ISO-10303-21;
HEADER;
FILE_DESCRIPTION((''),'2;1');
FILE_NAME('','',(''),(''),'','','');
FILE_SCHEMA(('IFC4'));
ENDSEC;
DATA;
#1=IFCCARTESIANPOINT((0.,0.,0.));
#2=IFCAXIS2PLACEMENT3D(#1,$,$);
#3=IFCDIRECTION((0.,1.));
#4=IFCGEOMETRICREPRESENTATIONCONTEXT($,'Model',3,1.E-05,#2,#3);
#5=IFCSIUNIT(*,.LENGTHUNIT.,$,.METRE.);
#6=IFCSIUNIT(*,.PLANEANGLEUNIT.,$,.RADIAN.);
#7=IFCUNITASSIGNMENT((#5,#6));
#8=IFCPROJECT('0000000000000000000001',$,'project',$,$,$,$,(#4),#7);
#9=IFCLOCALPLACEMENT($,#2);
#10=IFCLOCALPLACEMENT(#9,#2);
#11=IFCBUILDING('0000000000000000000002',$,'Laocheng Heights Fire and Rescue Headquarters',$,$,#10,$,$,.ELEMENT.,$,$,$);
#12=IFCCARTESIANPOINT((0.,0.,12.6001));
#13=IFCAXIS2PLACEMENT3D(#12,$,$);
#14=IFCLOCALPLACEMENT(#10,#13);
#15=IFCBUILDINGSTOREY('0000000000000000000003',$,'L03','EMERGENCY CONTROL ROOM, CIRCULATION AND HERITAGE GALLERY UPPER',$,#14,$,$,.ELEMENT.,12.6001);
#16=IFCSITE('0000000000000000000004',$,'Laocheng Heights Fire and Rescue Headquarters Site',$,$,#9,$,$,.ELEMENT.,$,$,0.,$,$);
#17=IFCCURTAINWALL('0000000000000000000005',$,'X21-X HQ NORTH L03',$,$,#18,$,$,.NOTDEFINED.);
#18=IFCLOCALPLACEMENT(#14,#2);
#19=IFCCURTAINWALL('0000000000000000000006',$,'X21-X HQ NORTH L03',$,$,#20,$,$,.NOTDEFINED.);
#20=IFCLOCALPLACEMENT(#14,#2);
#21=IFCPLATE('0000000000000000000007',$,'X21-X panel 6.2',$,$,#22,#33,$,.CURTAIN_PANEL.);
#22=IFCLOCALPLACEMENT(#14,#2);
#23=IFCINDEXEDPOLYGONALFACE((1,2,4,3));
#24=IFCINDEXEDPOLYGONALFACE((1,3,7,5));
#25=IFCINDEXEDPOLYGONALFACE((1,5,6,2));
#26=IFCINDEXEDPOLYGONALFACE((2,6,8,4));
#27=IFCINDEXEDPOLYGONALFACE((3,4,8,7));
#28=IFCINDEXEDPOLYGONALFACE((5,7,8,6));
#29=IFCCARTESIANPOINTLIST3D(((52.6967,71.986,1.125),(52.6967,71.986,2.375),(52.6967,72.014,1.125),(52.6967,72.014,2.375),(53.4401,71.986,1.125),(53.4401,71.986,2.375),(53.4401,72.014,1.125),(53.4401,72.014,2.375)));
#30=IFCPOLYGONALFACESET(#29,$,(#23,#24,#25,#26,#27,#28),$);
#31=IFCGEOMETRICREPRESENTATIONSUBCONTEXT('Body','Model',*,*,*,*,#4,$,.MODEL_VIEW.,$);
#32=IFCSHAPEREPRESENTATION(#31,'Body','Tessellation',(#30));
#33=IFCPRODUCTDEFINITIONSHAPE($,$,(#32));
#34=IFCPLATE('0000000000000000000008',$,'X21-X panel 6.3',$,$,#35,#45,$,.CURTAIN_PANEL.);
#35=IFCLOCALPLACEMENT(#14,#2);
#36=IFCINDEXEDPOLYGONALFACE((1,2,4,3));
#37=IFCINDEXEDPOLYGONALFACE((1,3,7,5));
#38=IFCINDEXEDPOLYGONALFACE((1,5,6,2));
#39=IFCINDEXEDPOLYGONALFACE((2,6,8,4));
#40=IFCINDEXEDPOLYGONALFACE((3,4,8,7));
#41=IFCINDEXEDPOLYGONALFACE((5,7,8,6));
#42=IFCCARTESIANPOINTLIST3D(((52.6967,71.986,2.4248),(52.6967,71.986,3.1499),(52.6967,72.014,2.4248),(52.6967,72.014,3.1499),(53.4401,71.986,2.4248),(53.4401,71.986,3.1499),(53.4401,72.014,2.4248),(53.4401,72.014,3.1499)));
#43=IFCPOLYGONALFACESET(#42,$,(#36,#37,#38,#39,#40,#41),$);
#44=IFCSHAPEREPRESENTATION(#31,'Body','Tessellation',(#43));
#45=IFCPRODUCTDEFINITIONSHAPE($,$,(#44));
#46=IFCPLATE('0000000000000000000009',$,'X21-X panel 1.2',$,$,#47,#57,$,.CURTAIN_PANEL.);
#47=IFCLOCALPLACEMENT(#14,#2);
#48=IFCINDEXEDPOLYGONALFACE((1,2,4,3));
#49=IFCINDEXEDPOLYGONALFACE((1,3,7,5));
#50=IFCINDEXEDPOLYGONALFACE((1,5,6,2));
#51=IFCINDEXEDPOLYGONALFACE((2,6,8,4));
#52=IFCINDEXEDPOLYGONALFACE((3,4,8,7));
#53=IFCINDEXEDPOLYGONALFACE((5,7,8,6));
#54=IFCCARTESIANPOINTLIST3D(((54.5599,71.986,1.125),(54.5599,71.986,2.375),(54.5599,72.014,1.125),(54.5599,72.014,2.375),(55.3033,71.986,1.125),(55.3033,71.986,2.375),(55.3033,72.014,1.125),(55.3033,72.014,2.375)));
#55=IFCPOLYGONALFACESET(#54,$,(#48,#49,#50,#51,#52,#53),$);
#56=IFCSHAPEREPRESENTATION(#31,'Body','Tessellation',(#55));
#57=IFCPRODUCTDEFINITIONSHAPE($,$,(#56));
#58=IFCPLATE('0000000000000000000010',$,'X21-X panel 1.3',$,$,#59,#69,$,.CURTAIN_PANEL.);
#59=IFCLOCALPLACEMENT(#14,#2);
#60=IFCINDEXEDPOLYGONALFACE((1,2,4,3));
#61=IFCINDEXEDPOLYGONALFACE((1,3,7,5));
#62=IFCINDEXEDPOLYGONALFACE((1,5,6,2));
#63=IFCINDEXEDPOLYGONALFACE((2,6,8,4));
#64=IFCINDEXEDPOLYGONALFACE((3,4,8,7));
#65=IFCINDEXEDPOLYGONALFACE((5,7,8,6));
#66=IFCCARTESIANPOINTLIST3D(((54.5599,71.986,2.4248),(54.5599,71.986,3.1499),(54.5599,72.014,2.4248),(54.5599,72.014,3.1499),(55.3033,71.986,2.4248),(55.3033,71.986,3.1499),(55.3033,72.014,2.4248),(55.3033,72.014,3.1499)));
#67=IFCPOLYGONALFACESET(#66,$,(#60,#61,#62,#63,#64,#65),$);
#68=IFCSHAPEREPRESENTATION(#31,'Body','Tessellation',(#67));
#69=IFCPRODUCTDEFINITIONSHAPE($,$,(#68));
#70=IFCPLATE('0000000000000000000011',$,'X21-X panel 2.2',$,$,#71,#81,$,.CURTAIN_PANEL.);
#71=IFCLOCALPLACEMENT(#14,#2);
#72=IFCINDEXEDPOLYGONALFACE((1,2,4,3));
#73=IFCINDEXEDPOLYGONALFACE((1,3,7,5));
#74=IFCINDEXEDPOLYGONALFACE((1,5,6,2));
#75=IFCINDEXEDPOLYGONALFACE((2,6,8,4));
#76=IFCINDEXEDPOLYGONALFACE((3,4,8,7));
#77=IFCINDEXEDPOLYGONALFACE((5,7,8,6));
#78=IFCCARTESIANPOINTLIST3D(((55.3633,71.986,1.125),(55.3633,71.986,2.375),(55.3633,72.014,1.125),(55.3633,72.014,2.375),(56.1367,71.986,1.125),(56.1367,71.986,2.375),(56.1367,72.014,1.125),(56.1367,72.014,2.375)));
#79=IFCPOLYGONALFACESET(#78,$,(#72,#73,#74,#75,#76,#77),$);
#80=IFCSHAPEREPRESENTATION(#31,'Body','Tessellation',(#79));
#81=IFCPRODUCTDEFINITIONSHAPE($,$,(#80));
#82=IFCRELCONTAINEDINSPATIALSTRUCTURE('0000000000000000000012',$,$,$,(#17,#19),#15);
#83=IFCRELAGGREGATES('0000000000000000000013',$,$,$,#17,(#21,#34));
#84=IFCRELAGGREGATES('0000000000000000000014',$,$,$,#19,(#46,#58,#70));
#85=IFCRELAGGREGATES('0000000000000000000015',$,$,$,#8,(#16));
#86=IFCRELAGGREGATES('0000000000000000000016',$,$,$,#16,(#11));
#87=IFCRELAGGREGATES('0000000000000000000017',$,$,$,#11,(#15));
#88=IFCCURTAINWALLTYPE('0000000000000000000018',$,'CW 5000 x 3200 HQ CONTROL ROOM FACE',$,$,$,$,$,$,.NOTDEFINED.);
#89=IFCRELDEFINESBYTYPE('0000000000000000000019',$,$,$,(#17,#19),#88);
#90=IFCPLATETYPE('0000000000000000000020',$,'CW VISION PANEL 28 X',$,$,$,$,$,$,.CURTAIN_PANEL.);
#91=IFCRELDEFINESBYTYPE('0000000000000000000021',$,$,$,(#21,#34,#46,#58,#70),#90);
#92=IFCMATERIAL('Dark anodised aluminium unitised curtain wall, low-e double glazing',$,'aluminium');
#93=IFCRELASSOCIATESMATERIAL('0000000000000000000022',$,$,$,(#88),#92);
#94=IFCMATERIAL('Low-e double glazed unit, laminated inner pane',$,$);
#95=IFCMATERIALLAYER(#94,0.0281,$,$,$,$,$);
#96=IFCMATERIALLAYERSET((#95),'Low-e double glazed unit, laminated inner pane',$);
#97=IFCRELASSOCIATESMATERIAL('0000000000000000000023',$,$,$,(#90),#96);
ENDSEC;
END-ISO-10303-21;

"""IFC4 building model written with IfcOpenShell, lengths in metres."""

from ifc_helpers import new_model, si_unit, direction, frame, origin, origin_2d, place, context, subcontext, project, spatial, rectangle, extrude, material, layer, layer_set, type_object, element, aggregate, save


model = new_model("IFC4")

# Units and contexts
model_context = context("Model", 3, precision=1e-05, world=origin(), true_north=direction((0.0, 1.0)))
body_context = subcontext(model_context, "Body", "Model", "MODEL_VIEW")
ifc_project = project(units=[si_unit("LENGTHUNIT", "METRE"), si_unit("PLANEANGLEUNIT", "RADIAN")], contexts=[model_context])

# Site, building, storey
site_placement = place(None, origin())
site = spatial("IfcSite", under=ifc_project, at=site_placement, Name="Laocheng Heights Fire and Rescue Headquarters Site", CompositionType="ELEMENT", RefElevation=0.0)
building_placement = place(site_placement, origin())
building = spatial("IfcBuilding", under=site, at=building_placement, Name="Laocheng Heights Fire and Rescue Headquarters", CompositionType="ELEMENT")
storey_placement = place(building_placement, frame((0.0, 0.0, 12.6001)))
storey = spatial("IfcBuildingStorey", under=building, at=storey_placement, Name="L03", Description="EMERGENCY CONTROL ROOM, CIRCULATION AND HERITAGE GALLERY UPPER", CompositionType="ELEMENT", Elevation=12.6001)

# Curtain walls
ifc_material_1 = material(Name="Dark anodised aluminium unitised curtain wall, low-e double glazing", Category="aluminium")
curtain_wall_type = type_object("IfcCurtainWallType", Name="CW 5000 x 3200 HQ CONTROL ROOM FACE", PredefinedType="NOTDEFINED", material=ifc_material_1)
curtain_wall_1_placement = place(storey_placement, origin())
curtain_wall_1 = element("IfcCurtainWall", 1, at=curtain_wall_1_placement, inside=storey, type_object=curtain_wall_type, Name="X21-X HQ NORTH L03", PredefinedType="NOTDEFINED")
curtain_wall_2_placement = place(storey_placement, origin())
curtain_wall_2 = element("IfcCurtainWall", 2, at=curtain_wall_2_placement, inside=storey, type_object=curtain_wall_type, Name="X21-X HQ NORTH L03", PredefinedType="NOTDEFINED")

# Plates
ifc_material_2 = material(Name="Low-e double glazed unit, laminated inner pane")
ifc_layer_1 = layer(ifc_material_2, 0.0281)
ifc_layer_set_1 = layer_set([ifc_layer_1], Name="Low-e double glazed unit, laminated inner pane")
plate_type_1 = type_object("IfcPlateType", Name="CW VISION PANEL 28 X", PredefinedType="CURTAIN_PANEL", material=ifc_layer_set_1)
plate_1_placement = place(storey_placement, frame((53.0684, 72.0, 1.125), z_axis=(0.0, 0.0, 1.0), x_axis=(1.0, 0.0, 0.0)))
plate_1 = element("IfcPlate", 3, at=plate_1_placement, type_object=plate_type_1, Name="X21-X panel 6.2", PredefinedType="CURTAIN_PANEL", context=body_context, shape_type="SweptSolid", body=[
    extrude(rectangle(XDim=0.7434, YDim=0.0281, at=origin_2d()), origin(), (0.0, 0.0, 1.0), 1.25),
])
plate_2_placement = place(storey_placement, frame((53.0684, 72.0, 2.4248), z_axis=(0.0, 0.0, 1.0), x_axis=(1.0, 0.0, 0.0)))
plate_2 = element("IfcPlate", 4, at=plate_2_placement, type_object=plate_type_1, Name="X21-X panel 6.3", PredefinedType="CURTAIN_PANEL", context=body_context, shape_type="SweptSolid", body=[
    extrude(rectangle(XDim=0.7434, YDim=0.0281, at=origin_2d()), origin(), (0.0, 0.0, 1.0), 0.7251),
])
aggregate(curtain_wall_1, [plate_1, plate_2])
plate_3_placement = place(storey_placement, frame((54.9316, 72.0, 1.125), z_axis=(0.0, 0.0, 1.0), x_axis=(1.0, 0.0, 0.0)))
plate_3 = element("IfcPlate", 5, at=plate_3_placement, type_object=plate_type_1, Name="X21-X panel 1.2", PredefinedType="CURTAIN_PANEL", context=body_context, shape_type="SweptSolid", body=[
    extrude(rectangle(XDim=0.7434, YDim=0.0281, at=origin_2d()), origin(), (0.0, 0.0, 1.0), 1.25),
])
plate_4_placement = place(storey_placement, frame((54.9316, 72.0, 2.4248), z_axis=(0.0, 0.0, 1.0), x_axis=(1.0, 0.0, 0.0)))
plate_4 = element("IfcPlate", 6, at=plate_4_placement, type_object=plate_type_1, Name="X21-X panel 1.3", PredefinedType="CURTAIN_PANEL", context=body_context, shape_type="SweptSolid", body=[
    extrude(rectangle(XDim=0.7434, YDim=0.0281, at=origin_2d()), origin(), (0.0, 0.0, 1.0), 0.7251),
])
plate_5_placement = place(storey_placement, frame((55.75, 72.0, 1.125), z_axis=(0.0, 0.0, 1.0), x_axis=(1.0, 0.0, 0.0)))
plate_5 = element("IfcPlate", 7, at=plate_5_placement, type_object=plate_type_1, Name="X21-X panel 2.2", PredefinedType="CURTAIN_PANEL", context=body_context, shape_type="SweptSolid", body=[
    extrude(rectangle(XDim=0.7734, YDim=0.0281, at=origin_2d()), origin(), (0.0, 0.0, 1.0), 1.25),
])
aggregate(curtain_wall_2, [plate_3, plate_4, plate_5])

save(model, "model.ifc")
